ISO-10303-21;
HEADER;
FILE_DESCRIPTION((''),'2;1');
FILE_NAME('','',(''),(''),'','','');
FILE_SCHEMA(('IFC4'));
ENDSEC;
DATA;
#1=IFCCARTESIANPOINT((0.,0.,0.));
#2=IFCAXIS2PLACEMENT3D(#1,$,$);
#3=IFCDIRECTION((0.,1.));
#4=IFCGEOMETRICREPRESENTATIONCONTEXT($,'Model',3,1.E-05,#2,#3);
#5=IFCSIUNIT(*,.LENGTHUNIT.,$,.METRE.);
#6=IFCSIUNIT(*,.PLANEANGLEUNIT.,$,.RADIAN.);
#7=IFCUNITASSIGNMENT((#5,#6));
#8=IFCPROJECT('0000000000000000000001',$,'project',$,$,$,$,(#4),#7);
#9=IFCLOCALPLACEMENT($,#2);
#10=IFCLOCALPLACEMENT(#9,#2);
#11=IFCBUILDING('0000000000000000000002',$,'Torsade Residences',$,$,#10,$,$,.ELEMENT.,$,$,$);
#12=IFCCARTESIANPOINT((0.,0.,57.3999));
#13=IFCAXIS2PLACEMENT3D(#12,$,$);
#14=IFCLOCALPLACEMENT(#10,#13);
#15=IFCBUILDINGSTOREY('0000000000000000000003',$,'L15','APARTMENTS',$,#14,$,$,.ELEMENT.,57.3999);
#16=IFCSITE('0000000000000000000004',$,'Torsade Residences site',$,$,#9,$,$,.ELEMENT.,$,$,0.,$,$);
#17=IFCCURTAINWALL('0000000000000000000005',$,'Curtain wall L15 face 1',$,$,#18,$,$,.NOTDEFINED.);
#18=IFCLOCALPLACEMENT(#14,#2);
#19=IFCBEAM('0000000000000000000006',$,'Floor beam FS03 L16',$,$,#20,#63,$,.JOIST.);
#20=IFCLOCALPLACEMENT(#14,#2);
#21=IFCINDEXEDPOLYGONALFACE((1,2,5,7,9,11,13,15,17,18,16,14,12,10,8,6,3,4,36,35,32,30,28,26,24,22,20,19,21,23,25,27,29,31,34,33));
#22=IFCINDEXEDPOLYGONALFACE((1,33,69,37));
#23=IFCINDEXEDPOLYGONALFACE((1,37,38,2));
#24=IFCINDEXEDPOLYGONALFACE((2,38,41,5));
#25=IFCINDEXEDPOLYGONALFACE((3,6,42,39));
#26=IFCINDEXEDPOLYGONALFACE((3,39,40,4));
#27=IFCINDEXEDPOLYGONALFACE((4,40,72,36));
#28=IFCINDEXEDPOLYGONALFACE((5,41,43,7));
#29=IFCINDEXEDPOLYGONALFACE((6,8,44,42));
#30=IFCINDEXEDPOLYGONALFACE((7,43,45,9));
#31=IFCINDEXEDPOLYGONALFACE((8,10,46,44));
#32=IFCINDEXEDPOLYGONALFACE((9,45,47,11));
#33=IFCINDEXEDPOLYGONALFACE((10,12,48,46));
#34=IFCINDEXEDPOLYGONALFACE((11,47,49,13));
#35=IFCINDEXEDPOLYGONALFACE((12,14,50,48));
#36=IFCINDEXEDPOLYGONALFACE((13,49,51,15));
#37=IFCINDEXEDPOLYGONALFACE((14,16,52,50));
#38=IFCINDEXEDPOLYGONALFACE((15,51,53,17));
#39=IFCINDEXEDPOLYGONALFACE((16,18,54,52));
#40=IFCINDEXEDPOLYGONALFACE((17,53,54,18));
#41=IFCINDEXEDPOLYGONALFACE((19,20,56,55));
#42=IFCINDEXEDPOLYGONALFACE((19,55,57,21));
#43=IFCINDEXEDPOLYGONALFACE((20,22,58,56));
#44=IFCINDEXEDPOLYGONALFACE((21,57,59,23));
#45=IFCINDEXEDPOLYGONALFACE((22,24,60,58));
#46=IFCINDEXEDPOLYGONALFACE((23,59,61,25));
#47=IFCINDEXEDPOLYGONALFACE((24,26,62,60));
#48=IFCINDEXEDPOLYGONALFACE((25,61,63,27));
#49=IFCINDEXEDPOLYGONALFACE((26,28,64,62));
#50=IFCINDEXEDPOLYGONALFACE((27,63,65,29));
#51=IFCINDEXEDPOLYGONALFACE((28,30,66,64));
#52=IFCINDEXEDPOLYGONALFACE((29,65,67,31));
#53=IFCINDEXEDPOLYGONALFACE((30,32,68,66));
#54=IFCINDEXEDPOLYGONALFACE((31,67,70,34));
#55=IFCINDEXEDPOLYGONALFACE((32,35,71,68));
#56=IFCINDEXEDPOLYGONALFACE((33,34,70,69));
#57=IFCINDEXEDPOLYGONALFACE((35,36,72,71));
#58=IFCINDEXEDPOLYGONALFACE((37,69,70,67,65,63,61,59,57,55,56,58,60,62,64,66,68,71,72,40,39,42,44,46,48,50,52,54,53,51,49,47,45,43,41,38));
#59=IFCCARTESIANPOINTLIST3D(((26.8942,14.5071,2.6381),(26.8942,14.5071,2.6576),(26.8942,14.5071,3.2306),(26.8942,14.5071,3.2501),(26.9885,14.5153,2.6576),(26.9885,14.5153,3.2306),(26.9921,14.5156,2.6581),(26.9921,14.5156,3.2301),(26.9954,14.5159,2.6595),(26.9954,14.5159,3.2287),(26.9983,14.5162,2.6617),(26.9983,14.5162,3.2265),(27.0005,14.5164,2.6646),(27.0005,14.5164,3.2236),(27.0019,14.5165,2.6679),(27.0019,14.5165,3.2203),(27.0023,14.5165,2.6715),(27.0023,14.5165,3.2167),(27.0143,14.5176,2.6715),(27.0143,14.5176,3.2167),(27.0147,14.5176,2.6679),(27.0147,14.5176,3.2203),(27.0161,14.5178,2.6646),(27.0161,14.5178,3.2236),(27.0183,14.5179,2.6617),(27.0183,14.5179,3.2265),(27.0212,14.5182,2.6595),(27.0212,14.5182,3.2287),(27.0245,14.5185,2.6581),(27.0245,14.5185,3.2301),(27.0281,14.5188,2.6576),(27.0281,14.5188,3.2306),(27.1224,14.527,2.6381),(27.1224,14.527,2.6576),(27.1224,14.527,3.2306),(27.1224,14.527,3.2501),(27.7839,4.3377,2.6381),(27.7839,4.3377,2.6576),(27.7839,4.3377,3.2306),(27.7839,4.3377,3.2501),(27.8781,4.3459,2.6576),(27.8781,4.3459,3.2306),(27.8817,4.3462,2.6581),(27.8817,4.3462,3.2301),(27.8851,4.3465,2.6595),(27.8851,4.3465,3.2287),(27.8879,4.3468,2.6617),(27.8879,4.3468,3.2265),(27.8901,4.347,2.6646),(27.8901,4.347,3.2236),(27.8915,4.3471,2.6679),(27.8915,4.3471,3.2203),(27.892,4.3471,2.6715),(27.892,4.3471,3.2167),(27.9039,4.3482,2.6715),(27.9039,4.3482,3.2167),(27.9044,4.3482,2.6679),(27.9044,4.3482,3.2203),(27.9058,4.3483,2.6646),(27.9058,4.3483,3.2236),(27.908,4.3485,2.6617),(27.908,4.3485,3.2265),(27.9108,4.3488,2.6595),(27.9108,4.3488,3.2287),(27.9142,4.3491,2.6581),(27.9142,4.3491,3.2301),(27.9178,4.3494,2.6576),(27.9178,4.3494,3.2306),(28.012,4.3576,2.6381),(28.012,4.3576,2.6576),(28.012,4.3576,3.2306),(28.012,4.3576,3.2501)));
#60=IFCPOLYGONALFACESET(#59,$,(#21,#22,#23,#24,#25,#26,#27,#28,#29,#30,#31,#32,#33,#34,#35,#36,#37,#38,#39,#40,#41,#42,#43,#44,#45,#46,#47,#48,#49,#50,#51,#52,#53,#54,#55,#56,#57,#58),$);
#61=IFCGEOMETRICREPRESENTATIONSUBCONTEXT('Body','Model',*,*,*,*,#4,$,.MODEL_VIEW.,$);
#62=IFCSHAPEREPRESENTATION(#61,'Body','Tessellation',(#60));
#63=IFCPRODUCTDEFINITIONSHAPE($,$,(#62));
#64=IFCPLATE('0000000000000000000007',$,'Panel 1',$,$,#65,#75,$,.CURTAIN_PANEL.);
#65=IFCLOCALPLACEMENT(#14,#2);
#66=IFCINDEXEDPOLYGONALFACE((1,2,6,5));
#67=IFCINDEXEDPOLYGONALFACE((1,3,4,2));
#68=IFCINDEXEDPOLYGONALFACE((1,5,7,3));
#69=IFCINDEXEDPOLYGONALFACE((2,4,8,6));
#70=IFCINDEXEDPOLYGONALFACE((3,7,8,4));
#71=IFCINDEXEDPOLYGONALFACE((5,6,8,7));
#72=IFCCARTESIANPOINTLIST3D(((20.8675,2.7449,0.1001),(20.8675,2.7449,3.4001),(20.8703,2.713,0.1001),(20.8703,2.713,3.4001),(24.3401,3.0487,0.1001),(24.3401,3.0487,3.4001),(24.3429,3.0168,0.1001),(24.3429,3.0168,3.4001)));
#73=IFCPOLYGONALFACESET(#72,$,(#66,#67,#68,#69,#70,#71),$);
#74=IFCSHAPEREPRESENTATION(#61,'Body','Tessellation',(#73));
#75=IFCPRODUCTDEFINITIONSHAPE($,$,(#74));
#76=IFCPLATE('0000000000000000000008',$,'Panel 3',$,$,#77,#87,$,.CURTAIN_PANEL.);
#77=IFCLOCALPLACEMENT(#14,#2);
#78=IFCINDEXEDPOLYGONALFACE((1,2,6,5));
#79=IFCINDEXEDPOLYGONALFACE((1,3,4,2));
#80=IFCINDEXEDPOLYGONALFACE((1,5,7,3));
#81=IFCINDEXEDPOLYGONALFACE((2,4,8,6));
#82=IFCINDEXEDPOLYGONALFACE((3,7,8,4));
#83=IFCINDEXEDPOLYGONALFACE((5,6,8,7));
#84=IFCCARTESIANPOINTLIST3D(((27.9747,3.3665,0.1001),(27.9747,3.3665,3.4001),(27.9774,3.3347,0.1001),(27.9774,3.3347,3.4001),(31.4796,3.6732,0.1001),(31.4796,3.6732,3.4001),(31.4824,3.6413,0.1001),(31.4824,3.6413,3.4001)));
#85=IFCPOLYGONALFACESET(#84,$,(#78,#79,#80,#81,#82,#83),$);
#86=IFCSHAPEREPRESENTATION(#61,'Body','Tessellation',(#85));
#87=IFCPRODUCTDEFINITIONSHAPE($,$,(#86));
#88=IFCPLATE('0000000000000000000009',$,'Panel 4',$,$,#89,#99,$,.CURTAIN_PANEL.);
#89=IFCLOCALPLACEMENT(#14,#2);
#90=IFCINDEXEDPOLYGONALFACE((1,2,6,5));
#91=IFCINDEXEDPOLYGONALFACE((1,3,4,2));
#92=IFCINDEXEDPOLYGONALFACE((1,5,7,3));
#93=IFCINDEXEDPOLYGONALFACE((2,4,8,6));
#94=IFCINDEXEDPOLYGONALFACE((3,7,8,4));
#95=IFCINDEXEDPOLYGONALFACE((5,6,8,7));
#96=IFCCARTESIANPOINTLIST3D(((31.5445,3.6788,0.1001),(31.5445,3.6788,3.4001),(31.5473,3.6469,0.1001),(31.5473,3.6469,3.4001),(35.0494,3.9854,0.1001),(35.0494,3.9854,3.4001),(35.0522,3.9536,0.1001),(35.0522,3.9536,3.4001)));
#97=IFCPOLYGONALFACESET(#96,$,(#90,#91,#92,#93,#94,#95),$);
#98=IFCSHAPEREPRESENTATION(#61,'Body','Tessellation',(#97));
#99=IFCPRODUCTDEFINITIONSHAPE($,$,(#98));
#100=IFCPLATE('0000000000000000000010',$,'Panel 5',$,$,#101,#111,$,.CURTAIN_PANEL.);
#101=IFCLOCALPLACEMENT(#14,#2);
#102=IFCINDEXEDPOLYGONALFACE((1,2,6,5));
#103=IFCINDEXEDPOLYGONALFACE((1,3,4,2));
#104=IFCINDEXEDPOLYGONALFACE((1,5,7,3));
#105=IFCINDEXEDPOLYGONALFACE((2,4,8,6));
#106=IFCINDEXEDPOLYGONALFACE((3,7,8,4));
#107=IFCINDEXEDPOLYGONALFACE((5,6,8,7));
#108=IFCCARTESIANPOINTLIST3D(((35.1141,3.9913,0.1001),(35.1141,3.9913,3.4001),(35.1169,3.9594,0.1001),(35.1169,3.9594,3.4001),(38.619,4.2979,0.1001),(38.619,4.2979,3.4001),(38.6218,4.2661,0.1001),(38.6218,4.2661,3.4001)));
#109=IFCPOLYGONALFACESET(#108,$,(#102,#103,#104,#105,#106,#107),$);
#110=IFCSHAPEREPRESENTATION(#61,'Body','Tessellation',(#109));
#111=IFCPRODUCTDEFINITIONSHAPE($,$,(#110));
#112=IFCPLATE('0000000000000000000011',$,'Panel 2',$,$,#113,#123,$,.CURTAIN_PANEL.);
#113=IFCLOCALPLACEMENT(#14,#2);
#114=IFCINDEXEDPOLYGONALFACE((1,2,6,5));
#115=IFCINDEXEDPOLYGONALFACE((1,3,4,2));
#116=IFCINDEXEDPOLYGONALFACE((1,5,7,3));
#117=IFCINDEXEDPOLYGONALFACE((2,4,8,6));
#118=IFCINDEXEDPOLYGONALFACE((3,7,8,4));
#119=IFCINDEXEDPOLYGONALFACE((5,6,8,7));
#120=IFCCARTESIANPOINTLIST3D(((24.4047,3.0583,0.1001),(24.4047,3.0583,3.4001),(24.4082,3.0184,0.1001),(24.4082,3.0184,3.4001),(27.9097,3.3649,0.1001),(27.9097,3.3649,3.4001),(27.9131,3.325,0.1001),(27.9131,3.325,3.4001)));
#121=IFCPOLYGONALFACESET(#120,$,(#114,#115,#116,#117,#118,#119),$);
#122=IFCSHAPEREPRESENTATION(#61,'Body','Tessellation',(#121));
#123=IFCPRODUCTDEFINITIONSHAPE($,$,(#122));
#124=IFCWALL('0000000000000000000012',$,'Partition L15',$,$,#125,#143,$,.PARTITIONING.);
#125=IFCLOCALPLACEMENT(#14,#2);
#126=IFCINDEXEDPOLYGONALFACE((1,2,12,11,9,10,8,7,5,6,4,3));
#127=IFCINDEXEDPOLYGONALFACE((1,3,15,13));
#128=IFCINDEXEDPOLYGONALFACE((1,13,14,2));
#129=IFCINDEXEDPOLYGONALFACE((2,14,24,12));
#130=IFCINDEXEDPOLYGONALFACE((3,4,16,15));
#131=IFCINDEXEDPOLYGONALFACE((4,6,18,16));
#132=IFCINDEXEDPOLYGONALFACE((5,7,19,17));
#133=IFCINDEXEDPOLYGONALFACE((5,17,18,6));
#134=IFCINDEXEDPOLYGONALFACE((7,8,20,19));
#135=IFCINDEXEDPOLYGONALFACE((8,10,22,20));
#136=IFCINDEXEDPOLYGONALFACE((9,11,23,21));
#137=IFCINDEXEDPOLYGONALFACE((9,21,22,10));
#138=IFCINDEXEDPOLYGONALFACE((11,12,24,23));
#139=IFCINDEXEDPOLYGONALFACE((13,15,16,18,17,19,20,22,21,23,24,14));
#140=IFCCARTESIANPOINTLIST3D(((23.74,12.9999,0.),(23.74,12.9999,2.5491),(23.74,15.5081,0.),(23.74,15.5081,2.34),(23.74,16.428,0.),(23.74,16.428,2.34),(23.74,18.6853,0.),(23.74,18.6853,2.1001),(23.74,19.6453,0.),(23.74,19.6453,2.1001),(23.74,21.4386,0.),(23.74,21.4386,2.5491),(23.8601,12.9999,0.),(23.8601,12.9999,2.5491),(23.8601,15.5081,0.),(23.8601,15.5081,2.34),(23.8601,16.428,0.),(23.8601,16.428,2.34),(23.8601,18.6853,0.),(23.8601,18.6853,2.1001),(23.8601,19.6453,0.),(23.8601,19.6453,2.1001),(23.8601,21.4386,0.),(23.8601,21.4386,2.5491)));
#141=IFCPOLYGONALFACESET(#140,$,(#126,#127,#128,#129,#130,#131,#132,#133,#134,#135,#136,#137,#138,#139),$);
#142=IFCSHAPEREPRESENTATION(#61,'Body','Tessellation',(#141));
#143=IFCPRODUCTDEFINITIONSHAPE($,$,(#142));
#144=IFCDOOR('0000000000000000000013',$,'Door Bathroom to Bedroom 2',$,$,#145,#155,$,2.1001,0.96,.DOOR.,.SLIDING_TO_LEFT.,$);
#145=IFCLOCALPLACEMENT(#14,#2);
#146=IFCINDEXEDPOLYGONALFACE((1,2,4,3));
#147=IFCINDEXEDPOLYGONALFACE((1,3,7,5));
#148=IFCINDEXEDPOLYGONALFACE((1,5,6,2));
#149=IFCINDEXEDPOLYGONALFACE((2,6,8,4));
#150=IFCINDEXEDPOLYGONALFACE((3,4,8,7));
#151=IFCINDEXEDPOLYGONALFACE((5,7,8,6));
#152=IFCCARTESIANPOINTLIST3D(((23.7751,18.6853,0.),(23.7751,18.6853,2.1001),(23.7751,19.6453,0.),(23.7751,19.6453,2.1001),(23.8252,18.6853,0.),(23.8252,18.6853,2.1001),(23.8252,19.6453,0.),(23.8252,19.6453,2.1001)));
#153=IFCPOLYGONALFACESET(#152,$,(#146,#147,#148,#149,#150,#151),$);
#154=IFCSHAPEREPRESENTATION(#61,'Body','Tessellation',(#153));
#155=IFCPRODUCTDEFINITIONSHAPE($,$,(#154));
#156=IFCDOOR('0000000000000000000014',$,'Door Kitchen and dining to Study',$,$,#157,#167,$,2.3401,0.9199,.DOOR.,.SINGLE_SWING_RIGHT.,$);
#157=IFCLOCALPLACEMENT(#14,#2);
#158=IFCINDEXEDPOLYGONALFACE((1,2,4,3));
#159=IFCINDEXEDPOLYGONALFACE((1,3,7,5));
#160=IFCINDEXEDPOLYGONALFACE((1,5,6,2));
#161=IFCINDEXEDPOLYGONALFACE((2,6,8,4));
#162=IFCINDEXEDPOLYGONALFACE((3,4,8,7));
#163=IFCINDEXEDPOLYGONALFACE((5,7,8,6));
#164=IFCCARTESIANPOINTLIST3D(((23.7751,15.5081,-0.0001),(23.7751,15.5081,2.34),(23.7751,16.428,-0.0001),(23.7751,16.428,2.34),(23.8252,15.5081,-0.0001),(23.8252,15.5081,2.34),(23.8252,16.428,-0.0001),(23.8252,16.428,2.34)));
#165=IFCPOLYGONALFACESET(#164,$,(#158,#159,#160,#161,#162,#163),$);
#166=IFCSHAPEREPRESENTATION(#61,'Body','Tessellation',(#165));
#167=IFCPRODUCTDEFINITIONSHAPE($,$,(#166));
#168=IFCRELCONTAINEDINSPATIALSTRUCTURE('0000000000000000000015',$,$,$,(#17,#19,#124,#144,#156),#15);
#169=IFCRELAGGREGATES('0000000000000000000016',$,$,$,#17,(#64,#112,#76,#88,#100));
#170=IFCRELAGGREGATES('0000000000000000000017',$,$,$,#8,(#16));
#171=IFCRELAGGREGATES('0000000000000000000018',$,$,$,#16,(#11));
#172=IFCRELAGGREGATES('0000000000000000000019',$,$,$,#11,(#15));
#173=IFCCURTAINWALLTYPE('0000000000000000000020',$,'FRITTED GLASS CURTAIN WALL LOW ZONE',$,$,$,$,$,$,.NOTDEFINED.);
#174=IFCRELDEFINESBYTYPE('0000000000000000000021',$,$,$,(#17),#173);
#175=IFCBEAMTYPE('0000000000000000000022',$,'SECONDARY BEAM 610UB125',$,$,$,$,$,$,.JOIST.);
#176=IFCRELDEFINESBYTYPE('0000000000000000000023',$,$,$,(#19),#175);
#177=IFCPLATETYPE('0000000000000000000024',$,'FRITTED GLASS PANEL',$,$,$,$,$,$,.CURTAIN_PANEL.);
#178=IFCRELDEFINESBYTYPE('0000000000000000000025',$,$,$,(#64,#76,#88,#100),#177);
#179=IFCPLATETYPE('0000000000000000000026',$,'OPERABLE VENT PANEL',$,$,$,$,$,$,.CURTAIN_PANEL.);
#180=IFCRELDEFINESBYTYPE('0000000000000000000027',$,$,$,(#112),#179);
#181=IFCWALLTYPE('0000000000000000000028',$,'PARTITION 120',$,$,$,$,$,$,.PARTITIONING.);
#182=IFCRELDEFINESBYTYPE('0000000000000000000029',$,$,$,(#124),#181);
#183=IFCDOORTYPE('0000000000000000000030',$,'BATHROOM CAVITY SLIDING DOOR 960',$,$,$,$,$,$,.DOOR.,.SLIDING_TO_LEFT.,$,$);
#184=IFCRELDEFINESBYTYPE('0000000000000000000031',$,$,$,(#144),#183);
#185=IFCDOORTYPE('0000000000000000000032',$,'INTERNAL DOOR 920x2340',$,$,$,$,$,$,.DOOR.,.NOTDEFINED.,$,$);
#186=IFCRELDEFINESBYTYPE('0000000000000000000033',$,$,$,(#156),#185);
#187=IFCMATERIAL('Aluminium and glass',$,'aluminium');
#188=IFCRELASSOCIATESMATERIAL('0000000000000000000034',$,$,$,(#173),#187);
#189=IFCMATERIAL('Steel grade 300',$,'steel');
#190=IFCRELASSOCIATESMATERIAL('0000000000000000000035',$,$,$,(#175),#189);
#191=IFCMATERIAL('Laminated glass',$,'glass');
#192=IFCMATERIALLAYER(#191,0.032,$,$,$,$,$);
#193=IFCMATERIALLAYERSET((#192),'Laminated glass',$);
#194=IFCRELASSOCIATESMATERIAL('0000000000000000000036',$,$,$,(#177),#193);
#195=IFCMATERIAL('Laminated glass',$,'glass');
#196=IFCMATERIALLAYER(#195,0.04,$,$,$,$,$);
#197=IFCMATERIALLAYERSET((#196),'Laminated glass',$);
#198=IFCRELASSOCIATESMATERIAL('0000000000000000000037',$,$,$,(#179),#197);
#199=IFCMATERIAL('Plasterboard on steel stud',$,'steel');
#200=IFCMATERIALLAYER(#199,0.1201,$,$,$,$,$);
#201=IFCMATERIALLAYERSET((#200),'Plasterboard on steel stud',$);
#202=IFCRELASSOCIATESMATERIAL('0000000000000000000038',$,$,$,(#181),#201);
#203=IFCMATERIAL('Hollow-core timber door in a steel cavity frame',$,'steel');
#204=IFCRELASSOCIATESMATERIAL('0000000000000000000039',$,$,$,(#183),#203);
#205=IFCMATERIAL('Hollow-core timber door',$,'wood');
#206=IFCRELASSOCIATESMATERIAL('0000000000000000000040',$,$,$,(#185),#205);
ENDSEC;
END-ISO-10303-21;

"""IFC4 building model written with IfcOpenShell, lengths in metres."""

from ifc_helpers import new_model, si_unit, direction, frame, frame_2d, origin, origin_2d, place, context, subcontext, project, spatial, rectangle, i_section, extrude, material, layer, layer_set, material_profile, profile_set, type_object, element, fill, aggregate, save


model = new_model("IFC4")

# Units and contexts
model_context = context("Model", 3, precision=1e-05, world=origin(), true_north=direction((0.0, 1.0)))
body_context = subcontext(model_context, "Body", "Model", "MODEL_VIEW")
ifc_project = project(units=[si_unit("LENGTHUNIT", "METRE"), si_unit("PLANEANGLEUNIT", "RADIAN")], contexts=[model_context])

# Site, building, storey
site_placement = place(None, origin())
site = spatial("IfcSite", under=ifc_project, at=site_placement, Name="Torsade Residences site", CompositionType="ELEMENT", RefElevation=0.0)
building_placement = place(site_placement, origin())
building = spatial("IfcBuilding", under=site, at=building_placement, Name="Torsade Residences", CompositionType="ELEMENT")
storey_placement = place(building_placement, frame((0.0, 0.0, 57.3999)))
storey = spatial("IfcBuildingStorey", under=building, at=storey_placement, Name="L15", Description="APARTMENTS", CompositionType="ELEMENT", Elevation=57.3999)

# Curtain wall
ifc_material_1 = material(Name="Aluminium and glass", Category="aluminium")
curtain_wall_type = type_object("IfcCurtainWallType", Name="FRITTED GLASS CURTAIN WALL LOW ZONE", PredefinedType="NOTDEFINED", material=ifc_material_1)
curtain_wall_placement = place(storey_placement, origin())
curtain_wall = element("IfcCurtainWall", 1, at=curtain_wall_placement, inside=storey, type_object=curtain_wall_type, Name="Curtain wall L15 face 1", PredefinedType="NOTDEFINED")

# Beam
ifc_material_2 = material(Name="Steel grade 300", Category="steel")
ifc_material_profile_1 = material_profile(ifc_material_2, i_section(OverallWidth=0.229, OverallDepth=0.6121, WebThickness=0.012, FlangeThickness=0.0195, FilletRadius=0.0139, at=origin_2d()), Name="610UB125")
ifc_profile_set_1 = profile_set([ifc_material_profile_1], Name="Steel grade 300")
beam_type_1 = type_object("IfcBeamType", Name="SECONDARY BEAM 610UB125", PredefinedType="JOIST", material=ifc_profile_set_1)
beam_1_placement = place(storey_placement, frame((27.8979, 4.3477, 2.9441), z_axis=(-0.08715, 0.996195, 0.0), x_axis=(-0.996195, -0.08715, 0.0)))
element("IfcBeam", 2, at=beam_1_placement, inside=storey, type_object=beam_type_1, Name="Floor beam FS03 L16", PredefinedType="JOIST", context=body_context, shape_type="SweptSolid", body=[
    extrude(i_section(OverallWidth=0.229, OverallDepth=0.6121, WebThickness=0.012, FlangeThickness=0.0195, FilletRadius=0.0139, at=origin_2d()), origin(), (0.0, 0.0, 1.0), 10.2083),
])

# Plates
ifc_material_3 = material(Name="Laminated glass", Category="glass")
ifc_layer_1 = layer(ifc_material_3, 0.032)
ifc_layer_set_1 = layer_set([ifc_layer_1], Name="Laminated glass")
plate_type_1 = type_object("IfcPlateType", Name="FRITTED GLASS PANEL", PredefinedType="CURTAIN_PANEL", material=ifc_layer_set_1)
plate_1_placement = place(storey_placement, frame((22.6052, 2.8809, 0.1001), z_axis=(0.0, 0.0, 1.0), x_axis=(0.996195, 0.087156, 0.0)))
plate_1 = element("IfcPlate", 3, at=plate_1_placement, type_object=plate_type_1, Name="Panel 1", PredefinedType="CURTAIN_PANEL", context=body_context, shape_type="SweptSolid", body=[
    extrude(rectangle(XDim=3.4858, YDim=0.032, at=origin_2d()), origin(), (0.0, 0.0, 1.0), 3.3),
])
plate_2_placement = place(storey_placement, frame((29.7285, 3.5039, 0.1001), z_axis=(0.0, 0.0, 1.0), x_axis=(0.996195, 0.087156, 0.0)))
plate_2 = element("IfcPlate", 4, at=plate_2_placement, type_object=plate_type_1, Name="Panel 3", PredefinedType="CURTAIN_PANEL", context=body_context, shape_type="SweptSolid", body=[
    extrude(rectangle(XDim=3.5183, YDim=0.032, at=origin_2d()), origin(), (0.0, 0.0, 1.0), 3.3),
])
plate_3_placement = place(storey_placement, frame((33.2983, 3.8162, 0.1001), z_axis=(0.0, 0.0, 1.0), x_axis=(0.996195, 0.087156, 0.0)))
plate_3 = element("IfcPlate", 5, at=plate_3_placement, type_object=plate_type_1, Name="Panel 4", PredefinedType="CURTAIN_PANEL", context=body_context, shape_type="SweptSolid", body=[
    extrude(rectangle(XDim=3.5183, YDim=0.032, at=origin_2d()), origin(), (0.0, 0.0, 1.0), 3.3),
])
plate_4_placement = place(storey_placement, frame((36.8679, 4.1287, 0.1001), z_axis=(0.0, 0.0, 1.0), x_axis=(0.996195, 0.087156, 0.0)))
plate_4 = element("IfcPlate", 6, at=plate_4_placement, type_object=plate_type_1, Name="Panel 5", PredefinedType="CURTAIN_PANEL", context=body_context, shape_type="SweptSolid", body=[
    extrude(rectangle(XDim=3.5183, YDim=0.032, at=origin_2d()), origin(), (0.0, 0.0, 1.0), 3.3),
])
ifc_material_4 = material(Name="Laminated glass", Category="glass")
ifc_layer_2 = layer(ifc_material_4, 0.04)
ifc_layer_set_2 = layer_set([ifc_layer_2], Name="Laminated glass")
plate_type_2 = type_object("IfcPlateType", Name="OPERABLE VENT PANEL", PredefinedType="CURTAIN_PANEL", material=ifc_layer_set_2)
plate_5_placement = place(storey_placement, frame((26.1589, 3.1917, 0.1001), z_axis=(0.0, 0.0, 1.0), x_axis=(0.996195, 0.087156, 0.0)))
plate_5 = element("IfcPlate", 7, at=plate_5_placement, type_object=plate_type_2, Name="Panel 2", PredefinedType="CURTAIN_PANEL", context=body_context, shape_type="SweptSolid", body=[
    extrude(rectangle(XDim=3.5183, YDim=0.04, at=origin_2d()), origin(), (0.0, 0.0, 1.0), 3.3),
])
aggregate(curtain_wall, [plate_1, plate_5, plate_2, plate_3, plate_4])

# Wall, openings, doors
ifc_material_5 = material(Name="Plasterboard on steel stud", Category="steel")
ifc_layer_3 = layer(ifc_material_5, 0.1201)
ifc_layer_set_3 = layer_set([ifc_layer_3], Name="Plasterboard on steel stud")
wall_type_1 = type_object("IfcWallType", Name="PARTITION 120", PredefinedType="PARTITIONING", material=ifc_layer_set_3)
wall_1_placement = place(storey_placement, frame((23.8, 13.0, 0.0), z_axis=(0.0, 0.0, 1.0), x_axis=(0.0, 1.0, 0.0)))
wall_1 = element("IfcWall", 8, at=wall_1_placement, inside=storey, type_object=wall_type_1, Name="Partition L15", PredefinedType="PARTITIONING", context=body_context, shape_type="SweptSolid", body=[
    extrude(rectangle(XDim=8.4387, YDim=0.1201, at=frame_2d((4.2192, 0.0))), origin(), (0.0, 0.0, 1.0), 2.5491),
])
opening_1_placement = place(wall_1_placement, frame((2.5081, 0.0, 0.0)))
opening_1 = element("IfcOpeningElement", 9, at=opening_1_placement, cuts=wall_1, PredefinedType="OPENING", context=body_context, shape_type="SweptSolid", body=[
    extrude(rectangle(XDim=0.9199, YDim=2.3401, at=frame_2d((0.46, 1.1699))), frame((0.0, 0.0701, 0.0), z_axis=(0.0, -1.0, 0.0), x_axis=(1.0, 0.0, 0.0)), (0.0, 0.0, 1.0), 0.1401),
])
opening_2_placement = place(wall_1_placement, frame((5.6853, 0.0, 0.0)))
opening_2 = element("IfcOpeningElement", 10, at=opening_2_placement, cuts=wall_1, PredefinedType="OPENING", context=body_context, shape_type="SweptSolid", body=[
    extrude(rectangle(XDim=0.96, YDim=2.1001, at=frame_2d((0.48, 1.05))), frame((0.0, 0.0701, 0.0), z_axis=(0.0, -1.0, 0.0), x_axis=(1.0, 0.0, 0.0)), (0.0, 0.0, 1.0), 0.1401),
])
ifc_material_6 = material(Name="Hollow-core timber door in a steel cavity frame", Category="steel")
door_type_1 = type_object("IfcDoorType", Name="BATHROOM CAVITY SLIDING DOOR 960", OperationType="SLIDING_TO_LEFT", PredefinedType="DOOR", material=ifc_material_6)
door_1_placement = place(opening_2_placement, origin())
door_1 = element("IfcDoor", 11, at=door_1_placement, inside=storey, type_object=door_type_1, Name="Door Bathroom to Bedroom 2", OperationType="SLIDING_TO_LEFT", OverallHeight=2.1001, OverallWidth=0.96, PredefinedType="DOOR", context=body_context, shape_type="SweptSolid", body=[
    extrude(rectangle(XDim=0.96, YDim=2.1001, at=frame_2d((0.48, 1.05))), frame((0.0, 0.0249, 0.0), z_axis=(0.0, -1.0, 0.0), x_axis=(1.0, 0.0, 0.0)), (0.0, 0.0, 1.0), 0.05),
])
fill(opening_2, door_1)
ifc_material_7 = material(Name="Hollow-core timber door", Category="wood")
door_type_2 = type_object("IfcDoorType", Name="INTERNAL DOOR 920x2340", OperationType="NOTDEFINED", PredefinedType="DOOR", material=ifc_material_7)
door_2_placement = place(opening_1_placement, origin())
door_2 = element("IfcDoor", 12, at=door_2_placement, inside=storey, type_object=door_type_2, Name="Door Kitchen and dining to Study", OperationType="SINGLE_SWING_RIGHT", OverallHeight=2.3401, OverallWidth=0.9199, PredefinedType="DOOR", context=body_context, shape_type="SweptSolid", body=[
    extrude(rectangle(XDim=0.9199, YDim=2.3401, at=frame_2d((0.46, 1.1699))), frame((0.0, 0.0249, 0.0), z_axis=(0.0, -1.0, 0.0), x_axis=(1.0, 0.0, 0.0)), (0.0, 0.0, 1.0), 0.05),
])
fill(opening_1, door_2)

save(model, "model.ifc")
